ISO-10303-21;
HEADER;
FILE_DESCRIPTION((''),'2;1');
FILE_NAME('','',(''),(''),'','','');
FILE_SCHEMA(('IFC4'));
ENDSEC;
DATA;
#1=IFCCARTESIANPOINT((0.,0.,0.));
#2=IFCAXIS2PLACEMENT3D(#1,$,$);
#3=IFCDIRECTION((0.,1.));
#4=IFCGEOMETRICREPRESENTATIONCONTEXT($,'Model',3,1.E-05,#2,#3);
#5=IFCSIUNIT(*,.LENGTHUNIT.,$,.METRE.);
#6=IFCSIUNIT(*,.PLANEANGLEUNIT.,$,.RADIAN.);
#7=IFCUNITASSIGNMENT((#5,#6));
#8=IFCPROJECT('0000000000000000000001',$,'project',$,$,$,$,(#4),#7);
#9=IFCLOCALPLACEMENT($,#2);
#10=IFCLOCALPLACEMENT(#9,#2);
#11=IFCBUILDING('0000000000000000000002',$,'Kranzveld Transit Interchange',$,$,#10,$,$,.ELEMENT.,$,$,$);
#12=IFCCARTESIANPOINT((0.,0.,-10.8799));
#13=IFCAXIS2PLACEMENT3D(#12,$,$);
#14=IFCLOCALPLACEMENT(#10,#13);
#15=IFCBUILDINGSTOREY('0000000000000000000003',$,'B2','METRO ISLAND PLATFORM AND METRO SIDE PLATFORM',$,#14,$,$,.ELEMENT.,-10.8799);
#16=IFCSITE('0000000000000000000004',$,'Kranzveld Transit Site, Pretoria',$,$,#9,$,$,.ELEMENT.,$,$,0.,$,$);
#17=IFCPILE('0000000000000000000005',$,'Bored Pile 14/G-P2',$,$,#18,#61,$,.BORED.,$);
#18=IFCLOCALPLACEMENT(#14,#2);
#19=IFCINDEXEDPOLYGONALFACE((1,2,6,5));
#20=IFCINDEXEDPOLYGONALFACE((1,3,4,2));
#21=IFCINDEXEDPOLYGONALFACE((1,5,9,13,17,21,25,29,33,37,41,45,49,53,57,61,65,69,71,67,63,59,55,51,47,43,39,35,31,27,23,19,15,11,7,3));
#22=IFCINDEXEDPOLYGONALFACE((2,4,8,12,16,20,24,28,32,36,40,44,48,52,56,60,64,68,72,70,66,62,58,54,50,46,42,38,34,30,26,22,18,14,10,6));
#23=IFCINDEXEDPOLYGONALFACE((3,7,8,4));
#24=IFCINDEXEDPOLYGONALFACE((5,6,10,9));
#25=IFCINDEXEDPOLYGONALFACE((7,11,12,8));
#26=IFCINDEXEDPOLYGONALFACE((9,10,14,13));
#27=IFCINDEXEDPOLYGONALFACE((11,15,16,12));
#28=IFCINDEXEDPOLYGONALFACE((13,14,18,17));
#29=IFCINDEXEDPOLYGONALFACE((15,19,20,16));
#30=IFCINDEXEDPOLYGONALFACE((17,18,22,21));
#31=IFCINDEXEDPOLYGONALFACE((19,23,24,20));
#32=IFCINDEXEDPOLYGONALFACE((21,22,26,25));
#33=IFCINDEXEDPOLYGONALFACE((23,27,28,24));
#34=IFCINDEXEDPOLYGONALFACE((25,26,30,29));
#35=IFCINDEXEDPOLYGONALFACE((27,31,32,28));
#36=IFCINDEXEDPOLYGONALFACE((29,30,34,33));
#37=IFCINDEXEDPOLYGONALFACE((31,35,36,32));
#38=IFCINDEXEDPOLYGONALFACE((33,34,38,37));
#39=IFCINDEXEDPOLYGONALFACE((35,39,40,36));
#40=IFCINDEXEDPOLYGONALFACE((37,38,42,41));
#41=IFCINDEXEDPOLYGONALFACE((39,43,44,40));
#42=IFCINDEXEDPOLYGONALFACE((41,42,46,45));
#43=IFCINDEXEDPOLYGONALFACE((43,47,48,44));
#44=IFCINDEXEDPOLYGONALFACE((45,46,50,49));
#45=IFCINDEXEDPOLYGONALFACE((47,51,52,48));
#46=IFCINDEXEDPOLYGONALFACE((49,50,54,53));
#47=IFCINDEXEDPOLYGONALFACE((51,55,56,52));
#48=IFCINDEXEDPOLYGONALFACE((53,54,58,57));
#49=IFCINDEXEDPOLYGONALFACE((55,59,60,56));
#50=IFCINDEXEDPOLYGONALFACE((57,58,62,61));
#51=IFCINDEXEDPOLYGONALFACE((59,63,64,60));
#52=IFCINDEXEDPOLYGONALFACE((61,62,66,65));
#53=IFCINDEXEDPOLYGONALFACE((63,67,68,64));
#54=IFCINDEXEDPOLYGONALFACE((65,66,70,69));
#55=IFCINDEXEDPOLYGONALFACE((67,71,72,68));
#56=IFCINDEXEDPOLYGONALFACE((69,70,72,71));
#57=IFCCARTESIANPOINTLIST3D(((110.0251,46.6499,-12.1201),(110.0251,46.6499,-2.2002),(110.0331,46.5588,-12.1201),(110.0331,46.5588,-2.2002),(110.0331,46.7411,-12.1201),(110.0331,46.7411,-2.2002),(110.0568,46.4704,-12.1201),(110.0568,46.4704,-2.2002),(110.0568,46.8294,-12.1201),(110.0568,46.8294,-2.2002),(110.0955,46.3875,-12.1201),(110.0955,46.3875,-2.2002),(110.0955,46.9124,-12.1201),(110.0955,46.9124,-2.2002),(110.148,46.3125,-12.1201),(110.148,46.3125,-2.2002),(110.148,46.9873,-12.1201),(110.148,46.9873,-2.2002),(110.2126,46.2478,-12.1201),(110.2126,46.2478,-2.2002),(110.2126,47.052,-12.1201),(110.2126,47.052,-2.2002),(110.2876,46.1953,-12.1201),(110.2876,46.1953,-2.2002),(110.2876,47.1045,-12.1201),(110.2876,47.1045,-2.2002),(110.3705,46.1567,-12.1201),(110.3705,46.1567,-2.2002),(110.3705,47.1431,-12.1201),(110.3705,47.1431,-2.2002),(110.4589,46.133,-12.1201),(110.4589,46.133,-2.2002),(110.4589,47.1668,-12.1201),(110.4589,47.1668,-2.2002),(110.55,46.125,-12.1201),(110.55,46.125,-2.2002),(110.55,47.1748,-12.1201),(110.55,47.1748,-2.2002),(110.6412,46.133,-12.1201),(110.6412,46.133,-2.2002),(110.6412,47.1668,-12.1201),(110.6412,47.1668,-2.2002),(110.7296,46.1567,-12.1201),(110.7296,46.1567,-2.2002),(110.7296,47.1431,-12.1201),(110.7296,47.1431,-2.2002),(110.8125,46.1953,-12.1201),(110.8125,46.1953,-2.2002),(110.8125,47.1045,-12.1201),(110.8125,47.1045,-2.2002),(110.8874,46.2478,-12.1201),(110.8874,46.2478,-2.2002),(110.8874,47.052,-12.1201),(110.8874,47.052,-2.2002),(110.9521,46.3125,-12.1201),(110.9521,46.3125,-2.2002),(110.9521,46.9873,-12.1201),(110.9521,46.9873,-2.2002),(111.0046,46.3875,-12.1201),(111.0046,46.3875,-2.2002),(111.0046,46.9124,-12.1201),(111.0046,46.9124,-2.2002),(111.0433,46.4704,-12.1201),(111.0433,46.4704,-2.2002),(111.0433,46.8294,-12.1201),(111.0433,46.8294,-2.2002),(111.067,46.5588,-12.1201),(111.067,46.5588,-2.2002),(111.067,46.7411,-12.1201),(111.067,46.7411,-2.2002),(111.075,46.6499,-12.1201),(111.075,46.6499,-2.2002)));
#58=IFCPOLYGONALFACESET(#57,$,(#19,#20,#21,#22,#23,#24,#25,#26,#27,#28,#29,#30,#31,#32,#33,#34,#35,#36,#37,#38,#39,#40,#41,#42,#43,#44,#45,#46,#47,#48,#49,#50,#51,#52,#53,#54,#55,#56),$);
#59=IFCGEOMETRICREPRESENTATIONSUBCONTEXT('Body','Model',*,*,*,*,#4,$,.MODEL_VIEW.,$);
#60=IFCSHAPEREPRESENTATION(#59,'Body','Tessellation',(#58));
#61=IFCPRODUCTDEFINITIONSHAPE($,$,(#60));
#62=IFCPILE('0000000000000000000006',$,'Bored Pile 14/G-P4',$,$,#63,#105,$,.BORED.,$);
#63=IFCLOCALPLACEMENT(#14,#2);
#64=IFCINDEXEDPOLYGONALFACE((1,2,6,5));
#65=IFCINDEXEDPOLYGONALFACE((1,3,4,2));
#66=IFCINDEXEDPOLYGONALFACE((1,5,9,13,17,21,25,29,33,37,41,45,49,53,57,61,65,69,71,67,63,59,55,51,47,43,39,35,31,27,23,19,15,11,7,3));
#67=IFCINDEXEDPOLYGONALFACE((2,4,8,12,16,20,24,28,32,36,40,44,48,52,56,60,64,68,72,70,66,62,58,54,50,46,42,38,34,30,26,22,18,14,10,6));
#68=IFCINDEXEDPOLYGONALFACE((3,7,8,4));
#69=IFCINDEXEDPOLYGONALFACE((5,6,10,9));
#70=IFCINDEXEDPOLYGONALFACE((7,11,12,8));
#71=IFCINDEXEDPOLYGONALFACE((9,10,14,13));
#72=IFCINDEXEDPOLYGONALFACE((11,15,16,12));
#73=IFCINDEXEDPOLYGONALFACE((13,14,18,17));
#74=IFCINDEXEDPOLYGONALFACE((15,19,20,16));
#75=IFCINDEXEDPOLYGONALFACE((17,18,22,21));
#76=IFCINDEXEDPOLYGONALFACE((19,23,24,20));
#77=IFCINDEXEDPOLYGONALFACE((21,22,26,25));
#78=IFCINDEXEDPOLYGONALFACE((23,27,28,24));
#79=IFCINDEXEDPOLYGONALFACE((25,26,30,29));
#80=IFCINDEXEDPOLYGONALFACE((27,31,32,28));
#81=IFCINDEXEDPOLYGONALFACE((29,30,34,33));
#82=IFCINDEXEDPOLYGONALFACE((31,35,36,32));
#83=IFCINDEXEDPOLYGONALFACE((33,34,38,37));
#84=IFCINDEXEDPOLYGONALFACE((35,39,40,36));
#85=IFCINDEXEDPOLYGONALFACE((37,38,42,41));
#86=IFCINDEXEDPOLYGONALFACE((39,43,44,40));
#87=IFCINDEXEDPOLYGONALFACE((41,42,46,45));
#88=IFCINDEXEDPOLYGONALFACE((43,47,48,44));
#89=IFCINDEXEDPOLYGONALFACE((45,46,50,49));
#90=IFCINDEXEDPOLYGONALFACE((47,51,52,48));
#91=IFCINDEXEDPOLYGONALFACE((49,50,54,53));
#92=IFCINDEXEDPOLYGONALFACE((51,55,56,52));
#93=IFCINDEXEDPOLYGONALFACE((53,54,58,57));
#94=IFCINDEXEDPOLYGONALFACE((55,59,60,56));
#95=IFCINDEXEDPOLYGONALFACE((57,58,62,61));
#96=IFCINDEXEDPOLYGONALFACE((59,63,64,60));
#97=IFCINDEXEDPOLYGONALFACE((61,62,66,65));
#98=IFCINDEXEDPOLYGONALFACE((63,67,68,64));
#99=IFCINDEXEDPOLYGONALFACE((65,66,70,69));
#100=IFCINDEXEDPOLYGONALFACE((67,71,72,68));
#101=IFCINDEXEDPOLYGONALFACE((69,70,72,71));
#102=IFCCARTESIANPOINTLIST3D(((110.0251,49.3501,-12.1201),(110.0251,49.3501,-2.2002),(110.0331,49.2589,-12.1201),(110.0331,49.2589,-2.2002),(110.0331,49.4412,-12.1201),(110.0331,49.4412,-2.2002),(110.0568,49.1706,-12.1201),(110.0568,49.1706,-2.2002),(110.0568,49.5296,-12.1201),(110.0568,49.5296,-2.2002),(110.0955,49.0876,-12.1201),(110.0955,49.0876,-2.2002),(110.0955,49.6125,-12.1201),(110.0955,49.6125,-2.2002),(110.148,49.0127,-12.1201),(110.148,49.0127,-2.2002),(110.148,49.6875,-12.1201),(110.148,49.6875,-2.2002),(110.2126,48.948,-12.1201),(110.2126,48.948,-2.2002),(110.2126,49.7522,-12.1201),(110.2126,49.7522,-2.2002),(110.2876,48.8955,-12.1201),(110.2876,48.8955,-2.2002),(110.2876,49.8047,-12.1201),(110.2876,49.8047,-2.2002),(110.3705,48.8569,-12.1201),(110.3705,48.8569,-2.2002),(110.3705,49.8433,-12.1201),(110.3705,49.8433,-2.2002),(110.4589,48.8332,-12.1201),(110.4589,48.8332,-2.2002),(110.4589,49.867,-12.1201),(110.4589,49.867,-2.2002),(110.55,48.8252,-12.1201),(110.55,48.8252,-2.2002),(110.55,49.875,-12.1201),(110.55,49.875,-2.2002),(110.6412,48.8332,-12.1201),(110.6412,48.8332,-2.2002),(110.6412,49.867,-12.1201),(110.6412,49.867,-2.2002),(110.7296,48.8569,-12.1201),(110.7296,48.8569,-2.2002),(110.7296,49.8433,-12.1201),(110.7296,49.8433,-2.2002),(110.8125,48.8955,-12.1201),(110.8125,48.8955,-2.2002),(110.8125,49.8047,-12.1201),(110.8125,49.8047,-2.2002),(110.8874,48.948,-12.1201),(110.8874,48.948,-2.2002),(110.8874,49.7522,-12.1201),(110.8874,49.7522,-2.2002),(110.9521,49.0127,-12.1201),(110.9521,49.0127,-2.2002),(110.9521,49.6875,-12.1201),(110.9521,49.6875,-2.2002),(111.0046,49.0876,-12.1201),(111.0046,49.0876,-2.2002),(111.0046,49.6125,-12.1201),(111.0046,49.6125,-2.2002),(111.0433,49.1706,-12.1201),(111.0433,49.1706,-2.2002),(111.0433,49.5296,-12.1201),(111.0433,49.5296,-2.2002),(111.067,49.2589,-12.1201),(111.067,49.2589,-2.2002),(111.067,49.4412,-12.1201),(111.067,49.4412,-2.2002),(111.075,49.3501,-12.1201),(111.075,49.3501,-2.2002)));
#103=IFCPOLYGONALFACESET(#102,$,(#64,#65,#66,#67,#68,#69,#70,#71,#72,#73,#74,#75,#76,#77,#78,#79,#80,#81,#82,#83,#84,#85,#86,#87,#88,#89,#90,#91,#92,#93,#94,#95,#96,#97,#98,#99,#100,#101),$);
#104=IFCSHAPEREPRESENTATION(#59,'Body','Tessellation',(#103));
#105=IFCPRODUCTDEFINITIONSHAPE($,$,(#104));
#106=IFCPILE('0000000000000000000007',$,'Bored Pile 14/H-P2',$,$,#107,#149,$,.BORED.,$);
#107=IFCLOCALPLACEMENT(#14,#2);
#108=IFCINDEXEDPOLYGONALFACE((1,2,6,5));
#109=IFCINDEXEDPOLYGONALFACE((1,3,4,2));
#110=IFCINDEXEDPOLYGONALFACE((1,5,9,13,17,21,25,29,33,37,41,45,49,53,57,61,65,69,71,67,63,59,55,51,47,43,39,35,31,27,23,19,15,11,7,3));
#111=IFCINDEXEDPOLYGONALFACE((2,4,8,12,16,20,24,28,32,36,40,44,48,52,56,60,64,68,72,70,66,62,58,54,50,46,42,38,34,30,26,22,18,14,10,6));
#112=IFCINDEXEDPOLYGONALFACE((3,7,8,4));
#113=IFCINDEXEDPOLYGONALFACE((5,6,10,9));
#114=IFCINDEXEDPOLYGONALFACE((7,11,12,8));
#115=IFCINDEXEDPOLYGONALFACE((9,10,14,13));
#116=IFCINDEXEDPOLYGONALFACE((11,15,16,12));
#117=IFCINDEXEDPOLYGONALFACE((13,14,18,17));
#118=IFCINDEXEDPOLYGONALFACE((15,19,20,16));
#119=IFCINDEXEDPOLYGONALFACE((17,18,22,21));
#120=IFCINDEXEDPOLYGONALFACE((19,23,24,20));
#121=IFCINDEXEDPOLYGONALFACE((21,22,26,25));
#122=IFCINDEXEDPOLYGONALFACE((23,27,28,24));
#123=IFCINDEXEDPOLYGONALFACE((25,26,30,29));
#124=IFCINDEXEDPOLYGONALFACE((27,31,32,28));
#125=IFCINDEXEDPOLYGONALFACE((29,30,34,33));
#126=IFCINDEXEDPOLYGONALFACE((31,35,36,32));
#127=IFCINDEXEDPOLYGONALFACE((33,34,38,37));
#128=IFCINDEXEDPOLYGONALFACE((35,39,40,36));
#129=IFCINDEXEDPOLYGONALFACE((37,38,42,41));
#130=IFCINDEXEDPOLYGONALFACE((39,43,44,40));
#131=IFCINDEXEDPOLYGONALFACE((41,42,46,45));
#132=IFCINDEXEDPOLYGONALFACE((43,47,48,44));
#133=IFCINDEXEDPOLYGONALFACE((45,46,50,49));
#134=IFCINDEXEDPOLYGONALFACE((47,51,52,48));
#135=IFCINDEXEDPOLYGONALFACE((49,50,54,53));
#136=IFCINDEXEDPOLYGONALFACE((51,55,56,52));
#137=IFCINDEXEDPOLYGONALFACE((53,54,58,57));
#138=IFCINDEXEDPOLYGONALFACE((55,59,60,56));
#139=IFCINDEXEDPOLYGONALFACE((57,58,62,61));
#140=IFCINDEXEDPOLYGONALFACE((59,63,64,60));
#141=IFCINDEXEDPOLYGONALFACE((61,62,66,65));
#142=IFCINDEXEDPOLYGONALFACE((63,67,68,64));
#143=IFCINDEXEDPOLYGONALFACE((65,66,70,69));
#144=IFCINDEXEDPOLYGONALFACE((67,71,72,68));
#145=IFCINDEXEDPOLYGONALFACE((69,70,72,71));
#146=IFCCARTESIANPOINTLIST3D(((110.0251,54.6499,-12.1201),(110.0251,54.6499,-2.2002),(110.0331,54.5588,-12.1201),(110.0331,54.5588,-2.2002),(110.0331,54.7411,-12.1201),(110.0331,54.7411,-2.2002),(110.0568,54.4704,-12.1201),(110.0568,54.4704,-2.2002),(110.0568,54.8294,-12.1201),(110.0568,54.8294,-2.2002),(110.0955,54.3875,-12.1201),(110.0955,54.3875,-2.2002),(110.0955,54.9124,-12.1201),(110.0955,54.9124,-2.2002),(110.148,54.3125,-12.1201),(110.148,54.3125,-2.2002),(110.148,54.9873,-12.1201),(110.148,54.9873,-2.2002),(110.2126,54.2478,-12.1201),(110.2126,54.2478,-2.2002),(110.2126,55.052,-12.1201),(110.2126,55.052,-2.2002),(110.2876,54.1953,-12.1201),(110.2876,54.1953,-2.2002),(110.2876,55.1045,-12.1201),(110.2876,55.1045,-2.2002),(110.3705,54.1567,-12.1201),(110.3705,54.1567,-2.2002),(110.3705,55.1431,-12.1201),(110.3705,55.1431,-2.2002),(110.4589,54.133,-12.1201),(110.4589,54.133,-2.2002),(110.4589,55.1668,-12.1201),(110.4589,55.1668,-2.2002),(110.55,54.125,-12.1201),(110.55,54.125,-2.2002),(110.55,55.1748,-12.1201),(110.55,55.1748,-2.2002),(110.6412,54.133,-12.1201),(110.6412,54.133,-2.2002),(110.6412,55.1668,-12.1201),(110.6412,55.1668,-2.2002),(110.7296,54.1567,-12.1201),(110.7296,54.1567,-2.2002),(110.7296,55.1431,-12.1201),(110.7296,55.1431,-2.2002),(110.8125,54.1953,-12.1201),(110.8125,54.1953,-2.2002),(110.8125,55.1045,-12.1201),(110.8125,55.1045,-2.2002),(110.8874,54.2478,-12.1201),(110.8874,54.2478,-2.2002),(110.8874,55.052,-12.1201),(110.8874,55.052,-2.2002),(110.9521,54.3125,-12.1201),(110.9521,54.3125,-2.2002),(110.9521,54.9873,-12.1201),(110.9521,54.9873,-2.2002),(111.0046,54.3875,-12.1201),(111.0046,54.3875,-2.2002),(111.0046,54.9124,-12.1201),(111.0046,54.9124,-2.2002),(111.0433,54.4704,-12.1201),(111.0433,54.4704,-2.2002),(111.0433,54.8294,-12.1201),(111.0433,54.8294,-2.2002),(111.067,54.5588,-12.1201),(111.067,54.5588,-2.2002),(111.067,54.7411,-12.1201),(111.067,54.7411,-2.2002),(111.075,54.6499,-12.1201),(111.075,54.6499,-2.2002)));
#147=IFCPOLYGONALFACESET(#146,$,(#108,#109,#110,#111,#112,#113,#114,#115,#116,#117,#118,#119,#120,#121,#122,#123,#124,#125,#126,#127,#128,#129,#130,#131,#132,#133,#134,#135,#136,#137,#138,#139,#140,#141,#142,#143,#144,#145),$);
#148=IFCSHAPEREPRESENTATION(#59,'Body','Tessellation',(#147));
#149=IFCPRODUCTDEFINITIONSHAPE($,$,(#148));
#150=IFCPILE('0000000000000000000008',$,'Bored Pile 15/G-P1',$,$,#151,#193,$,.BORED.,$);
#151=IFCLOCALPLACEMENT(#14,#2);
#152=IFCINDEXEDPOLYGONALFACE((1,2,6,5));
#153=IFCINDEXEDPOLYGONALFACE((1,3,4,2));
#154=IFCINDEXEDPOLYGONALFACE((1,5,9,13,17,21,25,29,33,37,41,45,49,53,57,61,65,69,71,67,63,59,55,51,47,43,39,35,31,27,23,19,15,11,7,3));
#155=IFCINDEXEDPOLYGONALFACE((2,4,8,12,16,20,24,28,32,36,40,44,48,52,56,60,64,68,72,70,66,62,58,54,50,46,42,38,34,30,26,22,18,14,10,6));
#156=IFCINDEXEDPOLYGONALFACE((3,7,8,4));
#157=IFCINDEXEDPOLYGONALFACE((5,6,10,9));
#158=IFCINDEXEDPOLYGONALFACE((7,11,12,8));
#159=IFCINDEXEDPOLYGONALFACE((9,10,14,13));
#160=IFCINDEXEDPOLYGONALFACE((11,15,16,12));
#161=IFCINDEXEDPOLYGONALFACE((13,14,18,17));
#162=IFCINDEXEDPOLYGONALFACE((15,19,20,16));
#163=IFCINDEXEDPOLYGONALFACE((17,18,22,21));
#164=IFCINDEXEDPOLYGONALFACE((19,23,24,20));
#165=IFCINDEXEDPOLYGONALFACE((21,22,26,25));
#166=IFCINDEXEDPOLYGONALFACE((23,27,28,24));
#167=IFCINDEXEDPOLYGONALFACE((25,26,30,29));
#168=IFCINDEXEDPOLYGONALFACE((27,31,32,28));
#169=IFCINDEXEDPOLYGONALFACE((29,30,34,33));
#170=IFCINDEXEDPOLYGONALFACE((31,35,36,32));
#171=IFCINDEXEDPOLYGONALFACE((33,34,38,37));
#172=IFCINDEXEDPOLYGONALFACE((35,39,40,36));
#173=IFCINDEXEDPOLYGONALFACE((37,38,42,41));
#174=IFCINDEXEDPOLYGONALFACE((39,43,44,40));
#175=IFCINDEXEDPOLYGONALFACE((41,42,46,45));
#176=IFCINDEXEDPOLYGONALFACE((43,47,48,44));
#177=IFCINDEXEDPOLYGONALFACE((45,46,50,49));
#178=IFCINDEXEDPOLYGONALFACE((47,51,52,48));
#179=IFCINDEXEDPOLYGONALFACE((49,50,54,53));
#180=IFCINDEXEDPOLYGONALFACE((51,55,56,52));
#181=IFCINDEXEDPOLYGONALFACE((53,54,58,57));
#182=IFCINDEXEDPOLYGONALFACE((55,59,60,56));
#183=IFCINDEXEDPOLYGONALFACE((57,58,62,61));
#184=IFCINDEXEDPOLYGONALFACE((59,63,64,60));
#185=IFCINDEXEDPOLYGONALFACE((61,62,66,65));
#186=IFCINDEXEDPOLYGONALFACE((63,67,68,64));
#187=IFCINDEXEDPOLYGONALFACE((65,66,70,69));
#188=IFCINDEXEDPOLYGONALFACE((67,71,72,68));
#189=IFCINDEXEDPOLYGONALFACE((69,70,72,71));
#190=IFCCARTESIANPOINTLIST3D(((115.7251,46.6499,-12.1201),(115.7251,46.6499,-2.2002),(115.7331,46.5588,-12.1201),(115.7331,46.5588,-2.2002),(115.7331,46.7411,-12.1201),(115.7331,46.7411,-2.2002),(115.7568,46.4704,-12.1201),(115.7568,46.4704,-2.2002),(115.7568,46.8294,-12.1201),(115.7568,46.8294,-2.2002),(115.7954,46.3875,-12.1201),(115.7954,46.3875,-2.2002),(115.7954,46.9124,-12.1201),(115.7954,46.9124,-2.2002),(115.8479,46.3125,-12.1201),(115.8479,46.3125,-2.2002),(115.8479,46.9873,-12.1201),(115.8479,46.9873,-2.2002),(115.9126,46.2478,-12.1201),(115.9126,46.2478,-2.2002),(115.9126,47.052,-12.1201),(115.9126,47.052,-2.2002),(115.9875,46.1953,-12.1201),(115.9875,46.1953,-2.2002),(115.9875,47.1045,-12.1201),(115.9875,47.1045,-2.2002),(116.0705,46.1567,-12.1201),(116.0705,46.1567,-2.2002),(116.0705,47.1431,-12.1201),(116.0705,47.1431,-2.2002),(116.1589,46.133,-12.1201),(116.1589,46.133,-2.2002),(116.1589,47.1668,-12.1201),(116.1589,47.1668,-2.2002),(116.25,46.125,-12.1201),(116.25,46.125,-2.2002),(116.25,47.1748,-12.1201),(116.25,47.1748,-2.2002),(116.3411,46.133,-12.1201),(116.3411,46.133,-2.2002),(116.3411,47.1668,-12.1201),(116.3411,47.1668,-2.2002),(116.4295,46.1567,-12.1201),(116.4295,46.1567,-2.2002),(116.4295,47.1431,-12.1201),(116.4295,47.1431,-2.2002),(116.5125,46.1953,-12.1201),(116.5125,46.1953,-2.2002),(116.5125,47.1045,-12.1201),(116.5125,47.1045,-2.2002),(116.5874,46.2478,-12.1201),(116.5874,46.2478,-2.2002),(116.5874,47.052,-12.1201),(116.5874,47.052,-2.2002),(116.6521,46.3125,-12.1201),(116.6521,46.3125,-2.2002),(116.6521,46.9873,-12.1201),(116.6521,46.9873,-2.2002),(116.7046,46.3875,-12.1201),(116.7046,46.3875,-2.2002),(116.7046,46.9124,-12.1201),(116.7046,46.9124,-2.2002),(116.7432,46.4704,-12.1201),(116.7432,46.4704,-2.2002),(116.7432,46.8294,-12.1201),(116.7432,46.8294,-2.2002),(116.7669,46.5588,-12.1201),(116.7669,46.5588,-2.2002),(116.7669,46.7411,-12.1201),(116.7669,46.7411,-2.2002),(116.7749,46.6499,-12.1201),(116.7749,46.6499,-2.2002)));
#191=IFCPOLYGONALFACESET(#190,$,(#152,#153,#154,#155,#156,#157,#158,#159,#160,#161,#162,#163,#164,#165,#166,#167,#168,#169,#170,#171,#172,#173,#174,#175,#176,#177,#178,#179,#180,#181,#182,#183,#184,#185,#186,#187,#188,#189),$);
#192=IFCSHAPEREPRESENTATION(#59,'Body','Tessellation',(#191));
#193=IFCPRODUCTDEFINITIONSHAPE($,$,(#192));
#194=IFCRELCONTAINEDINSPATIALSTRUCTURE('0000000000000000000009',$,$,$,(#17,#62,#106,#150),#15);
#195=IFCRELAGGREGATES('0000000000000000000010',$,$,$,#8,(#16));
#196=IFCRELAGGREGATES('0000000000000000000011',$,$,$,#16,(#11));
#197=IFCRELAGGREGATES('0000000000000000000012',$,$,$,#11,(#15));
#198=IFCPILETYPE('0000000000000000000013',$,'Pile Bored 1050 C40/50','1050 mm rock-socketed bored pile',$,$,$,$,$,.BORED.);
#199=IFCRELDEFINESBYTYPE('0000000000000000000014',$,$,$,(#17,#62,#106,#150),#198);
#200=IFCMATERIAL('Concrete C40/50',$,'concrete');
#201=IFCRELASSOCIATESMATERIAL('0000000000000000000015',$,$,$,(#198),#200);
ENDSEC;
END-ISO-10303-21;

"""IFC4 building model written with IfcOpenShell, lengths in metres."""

from ifc_helpers import new_model, si_unit, direction, frame, origin, origin_2d, place, context, subcontext, project, spatial, circle, extrude, material, material_profile, profile_set, type_object, element, save


model = new_model("IFC4")

# Units and contexts
model_context = context("Model", 3, precision=1e-05, world=origin(), true_north=direction((0.0, 1.0)))
body_context = subcontext(model_context, "Body", "Model", "MODEL_VIEW")
ifc_project = project(units=[si_unit("LENGTHUNIT", "METRE"), si_unit("PLANEANGLEUNIT", "RADIAN")], contexts=[model_context])

# Site, building, storey
site_placement = place(None, origin())
site = spatial("IfcSite", under=ifc_project, at=site_placement, Name="Kranzveld Transit Site, Pretoria", CompositionType="ELEMENT", RefElevation=0.0)
building_placement = place(site_placement, origin())
building = spatial("IfcBuilding", under=site, at=building_placement, Name="Kranzveld Transit Interchange", CompositionType="ELEMENT")
storey_placement = place(building_placement, frame((0.0, 0.0, -10.8799)))
storey = spatial("IfcBuildingStorey", under=building, at=storey_placement, Name="B2", Description="METRO ISLAND PLATFORM AND METRO SIDE PLATFORM", CompositionType="ELEMENT", Elevation=-10.8799)

# Piles
ifc_material_1 = material(Name="Concrete C40/50", Category="concrete")
ifc_material_profile_1 = material_profile(ifc_material_1, circle(Radius=0.5249, at=origin_2d()), Name="BORED PILE 1050")
ifc_profile_set_1 = profile_set([ifc_material_profile_1], Name="Concrete C40/50")
pile_type = type_object("IfcPileType", Name="Pile Bored 1050 C40/50", Description="1050 mm rock-socketed bored pile", PredefinedType="BORED", material=ifc_profile_set_1)
for number, where, z_axis, x_axis, name in (
    (1, (110.55, 46.6499, -2.2002), (0.0, 0.0, -1.0), (1.0, 0.0, 0.0), "Bored Pile 14/G-P2"),
    (2, (110.55, 49.3501, -2.2002), (0.0, 0.0, -1.0), (1.0, 0.0, 0.0), "Bored Pile 14/G-P4"),
    (3, (110.55, 54.6499, -2.2002), (0.0, 0.0, -1.0), (1.0, 0.0, 0.0), "Bored Pile 14/H-P2"),
    (4, (116.25, 46.6499, -2.2002), (0.0, 0.0, -1.0), (1.0, 0.0, 0.0), "Bored Pile 15/G-P1"),
):
    element("IfcPile", number, at=place(storey_placement, frame(where, z_axis=z_axis, x_axis=x_axis)), inside=storey, type_object=pile_type, Name=name, PredefinedType="BORED", context=body_context, shape_type="SweptSolid", body=[
        extrude(circle(Radius=0.5249, at=origin_2d()), origin(), (0.0, 0.0, 1.0), 9.9199),
    ])

save(model, "model.ifc")
